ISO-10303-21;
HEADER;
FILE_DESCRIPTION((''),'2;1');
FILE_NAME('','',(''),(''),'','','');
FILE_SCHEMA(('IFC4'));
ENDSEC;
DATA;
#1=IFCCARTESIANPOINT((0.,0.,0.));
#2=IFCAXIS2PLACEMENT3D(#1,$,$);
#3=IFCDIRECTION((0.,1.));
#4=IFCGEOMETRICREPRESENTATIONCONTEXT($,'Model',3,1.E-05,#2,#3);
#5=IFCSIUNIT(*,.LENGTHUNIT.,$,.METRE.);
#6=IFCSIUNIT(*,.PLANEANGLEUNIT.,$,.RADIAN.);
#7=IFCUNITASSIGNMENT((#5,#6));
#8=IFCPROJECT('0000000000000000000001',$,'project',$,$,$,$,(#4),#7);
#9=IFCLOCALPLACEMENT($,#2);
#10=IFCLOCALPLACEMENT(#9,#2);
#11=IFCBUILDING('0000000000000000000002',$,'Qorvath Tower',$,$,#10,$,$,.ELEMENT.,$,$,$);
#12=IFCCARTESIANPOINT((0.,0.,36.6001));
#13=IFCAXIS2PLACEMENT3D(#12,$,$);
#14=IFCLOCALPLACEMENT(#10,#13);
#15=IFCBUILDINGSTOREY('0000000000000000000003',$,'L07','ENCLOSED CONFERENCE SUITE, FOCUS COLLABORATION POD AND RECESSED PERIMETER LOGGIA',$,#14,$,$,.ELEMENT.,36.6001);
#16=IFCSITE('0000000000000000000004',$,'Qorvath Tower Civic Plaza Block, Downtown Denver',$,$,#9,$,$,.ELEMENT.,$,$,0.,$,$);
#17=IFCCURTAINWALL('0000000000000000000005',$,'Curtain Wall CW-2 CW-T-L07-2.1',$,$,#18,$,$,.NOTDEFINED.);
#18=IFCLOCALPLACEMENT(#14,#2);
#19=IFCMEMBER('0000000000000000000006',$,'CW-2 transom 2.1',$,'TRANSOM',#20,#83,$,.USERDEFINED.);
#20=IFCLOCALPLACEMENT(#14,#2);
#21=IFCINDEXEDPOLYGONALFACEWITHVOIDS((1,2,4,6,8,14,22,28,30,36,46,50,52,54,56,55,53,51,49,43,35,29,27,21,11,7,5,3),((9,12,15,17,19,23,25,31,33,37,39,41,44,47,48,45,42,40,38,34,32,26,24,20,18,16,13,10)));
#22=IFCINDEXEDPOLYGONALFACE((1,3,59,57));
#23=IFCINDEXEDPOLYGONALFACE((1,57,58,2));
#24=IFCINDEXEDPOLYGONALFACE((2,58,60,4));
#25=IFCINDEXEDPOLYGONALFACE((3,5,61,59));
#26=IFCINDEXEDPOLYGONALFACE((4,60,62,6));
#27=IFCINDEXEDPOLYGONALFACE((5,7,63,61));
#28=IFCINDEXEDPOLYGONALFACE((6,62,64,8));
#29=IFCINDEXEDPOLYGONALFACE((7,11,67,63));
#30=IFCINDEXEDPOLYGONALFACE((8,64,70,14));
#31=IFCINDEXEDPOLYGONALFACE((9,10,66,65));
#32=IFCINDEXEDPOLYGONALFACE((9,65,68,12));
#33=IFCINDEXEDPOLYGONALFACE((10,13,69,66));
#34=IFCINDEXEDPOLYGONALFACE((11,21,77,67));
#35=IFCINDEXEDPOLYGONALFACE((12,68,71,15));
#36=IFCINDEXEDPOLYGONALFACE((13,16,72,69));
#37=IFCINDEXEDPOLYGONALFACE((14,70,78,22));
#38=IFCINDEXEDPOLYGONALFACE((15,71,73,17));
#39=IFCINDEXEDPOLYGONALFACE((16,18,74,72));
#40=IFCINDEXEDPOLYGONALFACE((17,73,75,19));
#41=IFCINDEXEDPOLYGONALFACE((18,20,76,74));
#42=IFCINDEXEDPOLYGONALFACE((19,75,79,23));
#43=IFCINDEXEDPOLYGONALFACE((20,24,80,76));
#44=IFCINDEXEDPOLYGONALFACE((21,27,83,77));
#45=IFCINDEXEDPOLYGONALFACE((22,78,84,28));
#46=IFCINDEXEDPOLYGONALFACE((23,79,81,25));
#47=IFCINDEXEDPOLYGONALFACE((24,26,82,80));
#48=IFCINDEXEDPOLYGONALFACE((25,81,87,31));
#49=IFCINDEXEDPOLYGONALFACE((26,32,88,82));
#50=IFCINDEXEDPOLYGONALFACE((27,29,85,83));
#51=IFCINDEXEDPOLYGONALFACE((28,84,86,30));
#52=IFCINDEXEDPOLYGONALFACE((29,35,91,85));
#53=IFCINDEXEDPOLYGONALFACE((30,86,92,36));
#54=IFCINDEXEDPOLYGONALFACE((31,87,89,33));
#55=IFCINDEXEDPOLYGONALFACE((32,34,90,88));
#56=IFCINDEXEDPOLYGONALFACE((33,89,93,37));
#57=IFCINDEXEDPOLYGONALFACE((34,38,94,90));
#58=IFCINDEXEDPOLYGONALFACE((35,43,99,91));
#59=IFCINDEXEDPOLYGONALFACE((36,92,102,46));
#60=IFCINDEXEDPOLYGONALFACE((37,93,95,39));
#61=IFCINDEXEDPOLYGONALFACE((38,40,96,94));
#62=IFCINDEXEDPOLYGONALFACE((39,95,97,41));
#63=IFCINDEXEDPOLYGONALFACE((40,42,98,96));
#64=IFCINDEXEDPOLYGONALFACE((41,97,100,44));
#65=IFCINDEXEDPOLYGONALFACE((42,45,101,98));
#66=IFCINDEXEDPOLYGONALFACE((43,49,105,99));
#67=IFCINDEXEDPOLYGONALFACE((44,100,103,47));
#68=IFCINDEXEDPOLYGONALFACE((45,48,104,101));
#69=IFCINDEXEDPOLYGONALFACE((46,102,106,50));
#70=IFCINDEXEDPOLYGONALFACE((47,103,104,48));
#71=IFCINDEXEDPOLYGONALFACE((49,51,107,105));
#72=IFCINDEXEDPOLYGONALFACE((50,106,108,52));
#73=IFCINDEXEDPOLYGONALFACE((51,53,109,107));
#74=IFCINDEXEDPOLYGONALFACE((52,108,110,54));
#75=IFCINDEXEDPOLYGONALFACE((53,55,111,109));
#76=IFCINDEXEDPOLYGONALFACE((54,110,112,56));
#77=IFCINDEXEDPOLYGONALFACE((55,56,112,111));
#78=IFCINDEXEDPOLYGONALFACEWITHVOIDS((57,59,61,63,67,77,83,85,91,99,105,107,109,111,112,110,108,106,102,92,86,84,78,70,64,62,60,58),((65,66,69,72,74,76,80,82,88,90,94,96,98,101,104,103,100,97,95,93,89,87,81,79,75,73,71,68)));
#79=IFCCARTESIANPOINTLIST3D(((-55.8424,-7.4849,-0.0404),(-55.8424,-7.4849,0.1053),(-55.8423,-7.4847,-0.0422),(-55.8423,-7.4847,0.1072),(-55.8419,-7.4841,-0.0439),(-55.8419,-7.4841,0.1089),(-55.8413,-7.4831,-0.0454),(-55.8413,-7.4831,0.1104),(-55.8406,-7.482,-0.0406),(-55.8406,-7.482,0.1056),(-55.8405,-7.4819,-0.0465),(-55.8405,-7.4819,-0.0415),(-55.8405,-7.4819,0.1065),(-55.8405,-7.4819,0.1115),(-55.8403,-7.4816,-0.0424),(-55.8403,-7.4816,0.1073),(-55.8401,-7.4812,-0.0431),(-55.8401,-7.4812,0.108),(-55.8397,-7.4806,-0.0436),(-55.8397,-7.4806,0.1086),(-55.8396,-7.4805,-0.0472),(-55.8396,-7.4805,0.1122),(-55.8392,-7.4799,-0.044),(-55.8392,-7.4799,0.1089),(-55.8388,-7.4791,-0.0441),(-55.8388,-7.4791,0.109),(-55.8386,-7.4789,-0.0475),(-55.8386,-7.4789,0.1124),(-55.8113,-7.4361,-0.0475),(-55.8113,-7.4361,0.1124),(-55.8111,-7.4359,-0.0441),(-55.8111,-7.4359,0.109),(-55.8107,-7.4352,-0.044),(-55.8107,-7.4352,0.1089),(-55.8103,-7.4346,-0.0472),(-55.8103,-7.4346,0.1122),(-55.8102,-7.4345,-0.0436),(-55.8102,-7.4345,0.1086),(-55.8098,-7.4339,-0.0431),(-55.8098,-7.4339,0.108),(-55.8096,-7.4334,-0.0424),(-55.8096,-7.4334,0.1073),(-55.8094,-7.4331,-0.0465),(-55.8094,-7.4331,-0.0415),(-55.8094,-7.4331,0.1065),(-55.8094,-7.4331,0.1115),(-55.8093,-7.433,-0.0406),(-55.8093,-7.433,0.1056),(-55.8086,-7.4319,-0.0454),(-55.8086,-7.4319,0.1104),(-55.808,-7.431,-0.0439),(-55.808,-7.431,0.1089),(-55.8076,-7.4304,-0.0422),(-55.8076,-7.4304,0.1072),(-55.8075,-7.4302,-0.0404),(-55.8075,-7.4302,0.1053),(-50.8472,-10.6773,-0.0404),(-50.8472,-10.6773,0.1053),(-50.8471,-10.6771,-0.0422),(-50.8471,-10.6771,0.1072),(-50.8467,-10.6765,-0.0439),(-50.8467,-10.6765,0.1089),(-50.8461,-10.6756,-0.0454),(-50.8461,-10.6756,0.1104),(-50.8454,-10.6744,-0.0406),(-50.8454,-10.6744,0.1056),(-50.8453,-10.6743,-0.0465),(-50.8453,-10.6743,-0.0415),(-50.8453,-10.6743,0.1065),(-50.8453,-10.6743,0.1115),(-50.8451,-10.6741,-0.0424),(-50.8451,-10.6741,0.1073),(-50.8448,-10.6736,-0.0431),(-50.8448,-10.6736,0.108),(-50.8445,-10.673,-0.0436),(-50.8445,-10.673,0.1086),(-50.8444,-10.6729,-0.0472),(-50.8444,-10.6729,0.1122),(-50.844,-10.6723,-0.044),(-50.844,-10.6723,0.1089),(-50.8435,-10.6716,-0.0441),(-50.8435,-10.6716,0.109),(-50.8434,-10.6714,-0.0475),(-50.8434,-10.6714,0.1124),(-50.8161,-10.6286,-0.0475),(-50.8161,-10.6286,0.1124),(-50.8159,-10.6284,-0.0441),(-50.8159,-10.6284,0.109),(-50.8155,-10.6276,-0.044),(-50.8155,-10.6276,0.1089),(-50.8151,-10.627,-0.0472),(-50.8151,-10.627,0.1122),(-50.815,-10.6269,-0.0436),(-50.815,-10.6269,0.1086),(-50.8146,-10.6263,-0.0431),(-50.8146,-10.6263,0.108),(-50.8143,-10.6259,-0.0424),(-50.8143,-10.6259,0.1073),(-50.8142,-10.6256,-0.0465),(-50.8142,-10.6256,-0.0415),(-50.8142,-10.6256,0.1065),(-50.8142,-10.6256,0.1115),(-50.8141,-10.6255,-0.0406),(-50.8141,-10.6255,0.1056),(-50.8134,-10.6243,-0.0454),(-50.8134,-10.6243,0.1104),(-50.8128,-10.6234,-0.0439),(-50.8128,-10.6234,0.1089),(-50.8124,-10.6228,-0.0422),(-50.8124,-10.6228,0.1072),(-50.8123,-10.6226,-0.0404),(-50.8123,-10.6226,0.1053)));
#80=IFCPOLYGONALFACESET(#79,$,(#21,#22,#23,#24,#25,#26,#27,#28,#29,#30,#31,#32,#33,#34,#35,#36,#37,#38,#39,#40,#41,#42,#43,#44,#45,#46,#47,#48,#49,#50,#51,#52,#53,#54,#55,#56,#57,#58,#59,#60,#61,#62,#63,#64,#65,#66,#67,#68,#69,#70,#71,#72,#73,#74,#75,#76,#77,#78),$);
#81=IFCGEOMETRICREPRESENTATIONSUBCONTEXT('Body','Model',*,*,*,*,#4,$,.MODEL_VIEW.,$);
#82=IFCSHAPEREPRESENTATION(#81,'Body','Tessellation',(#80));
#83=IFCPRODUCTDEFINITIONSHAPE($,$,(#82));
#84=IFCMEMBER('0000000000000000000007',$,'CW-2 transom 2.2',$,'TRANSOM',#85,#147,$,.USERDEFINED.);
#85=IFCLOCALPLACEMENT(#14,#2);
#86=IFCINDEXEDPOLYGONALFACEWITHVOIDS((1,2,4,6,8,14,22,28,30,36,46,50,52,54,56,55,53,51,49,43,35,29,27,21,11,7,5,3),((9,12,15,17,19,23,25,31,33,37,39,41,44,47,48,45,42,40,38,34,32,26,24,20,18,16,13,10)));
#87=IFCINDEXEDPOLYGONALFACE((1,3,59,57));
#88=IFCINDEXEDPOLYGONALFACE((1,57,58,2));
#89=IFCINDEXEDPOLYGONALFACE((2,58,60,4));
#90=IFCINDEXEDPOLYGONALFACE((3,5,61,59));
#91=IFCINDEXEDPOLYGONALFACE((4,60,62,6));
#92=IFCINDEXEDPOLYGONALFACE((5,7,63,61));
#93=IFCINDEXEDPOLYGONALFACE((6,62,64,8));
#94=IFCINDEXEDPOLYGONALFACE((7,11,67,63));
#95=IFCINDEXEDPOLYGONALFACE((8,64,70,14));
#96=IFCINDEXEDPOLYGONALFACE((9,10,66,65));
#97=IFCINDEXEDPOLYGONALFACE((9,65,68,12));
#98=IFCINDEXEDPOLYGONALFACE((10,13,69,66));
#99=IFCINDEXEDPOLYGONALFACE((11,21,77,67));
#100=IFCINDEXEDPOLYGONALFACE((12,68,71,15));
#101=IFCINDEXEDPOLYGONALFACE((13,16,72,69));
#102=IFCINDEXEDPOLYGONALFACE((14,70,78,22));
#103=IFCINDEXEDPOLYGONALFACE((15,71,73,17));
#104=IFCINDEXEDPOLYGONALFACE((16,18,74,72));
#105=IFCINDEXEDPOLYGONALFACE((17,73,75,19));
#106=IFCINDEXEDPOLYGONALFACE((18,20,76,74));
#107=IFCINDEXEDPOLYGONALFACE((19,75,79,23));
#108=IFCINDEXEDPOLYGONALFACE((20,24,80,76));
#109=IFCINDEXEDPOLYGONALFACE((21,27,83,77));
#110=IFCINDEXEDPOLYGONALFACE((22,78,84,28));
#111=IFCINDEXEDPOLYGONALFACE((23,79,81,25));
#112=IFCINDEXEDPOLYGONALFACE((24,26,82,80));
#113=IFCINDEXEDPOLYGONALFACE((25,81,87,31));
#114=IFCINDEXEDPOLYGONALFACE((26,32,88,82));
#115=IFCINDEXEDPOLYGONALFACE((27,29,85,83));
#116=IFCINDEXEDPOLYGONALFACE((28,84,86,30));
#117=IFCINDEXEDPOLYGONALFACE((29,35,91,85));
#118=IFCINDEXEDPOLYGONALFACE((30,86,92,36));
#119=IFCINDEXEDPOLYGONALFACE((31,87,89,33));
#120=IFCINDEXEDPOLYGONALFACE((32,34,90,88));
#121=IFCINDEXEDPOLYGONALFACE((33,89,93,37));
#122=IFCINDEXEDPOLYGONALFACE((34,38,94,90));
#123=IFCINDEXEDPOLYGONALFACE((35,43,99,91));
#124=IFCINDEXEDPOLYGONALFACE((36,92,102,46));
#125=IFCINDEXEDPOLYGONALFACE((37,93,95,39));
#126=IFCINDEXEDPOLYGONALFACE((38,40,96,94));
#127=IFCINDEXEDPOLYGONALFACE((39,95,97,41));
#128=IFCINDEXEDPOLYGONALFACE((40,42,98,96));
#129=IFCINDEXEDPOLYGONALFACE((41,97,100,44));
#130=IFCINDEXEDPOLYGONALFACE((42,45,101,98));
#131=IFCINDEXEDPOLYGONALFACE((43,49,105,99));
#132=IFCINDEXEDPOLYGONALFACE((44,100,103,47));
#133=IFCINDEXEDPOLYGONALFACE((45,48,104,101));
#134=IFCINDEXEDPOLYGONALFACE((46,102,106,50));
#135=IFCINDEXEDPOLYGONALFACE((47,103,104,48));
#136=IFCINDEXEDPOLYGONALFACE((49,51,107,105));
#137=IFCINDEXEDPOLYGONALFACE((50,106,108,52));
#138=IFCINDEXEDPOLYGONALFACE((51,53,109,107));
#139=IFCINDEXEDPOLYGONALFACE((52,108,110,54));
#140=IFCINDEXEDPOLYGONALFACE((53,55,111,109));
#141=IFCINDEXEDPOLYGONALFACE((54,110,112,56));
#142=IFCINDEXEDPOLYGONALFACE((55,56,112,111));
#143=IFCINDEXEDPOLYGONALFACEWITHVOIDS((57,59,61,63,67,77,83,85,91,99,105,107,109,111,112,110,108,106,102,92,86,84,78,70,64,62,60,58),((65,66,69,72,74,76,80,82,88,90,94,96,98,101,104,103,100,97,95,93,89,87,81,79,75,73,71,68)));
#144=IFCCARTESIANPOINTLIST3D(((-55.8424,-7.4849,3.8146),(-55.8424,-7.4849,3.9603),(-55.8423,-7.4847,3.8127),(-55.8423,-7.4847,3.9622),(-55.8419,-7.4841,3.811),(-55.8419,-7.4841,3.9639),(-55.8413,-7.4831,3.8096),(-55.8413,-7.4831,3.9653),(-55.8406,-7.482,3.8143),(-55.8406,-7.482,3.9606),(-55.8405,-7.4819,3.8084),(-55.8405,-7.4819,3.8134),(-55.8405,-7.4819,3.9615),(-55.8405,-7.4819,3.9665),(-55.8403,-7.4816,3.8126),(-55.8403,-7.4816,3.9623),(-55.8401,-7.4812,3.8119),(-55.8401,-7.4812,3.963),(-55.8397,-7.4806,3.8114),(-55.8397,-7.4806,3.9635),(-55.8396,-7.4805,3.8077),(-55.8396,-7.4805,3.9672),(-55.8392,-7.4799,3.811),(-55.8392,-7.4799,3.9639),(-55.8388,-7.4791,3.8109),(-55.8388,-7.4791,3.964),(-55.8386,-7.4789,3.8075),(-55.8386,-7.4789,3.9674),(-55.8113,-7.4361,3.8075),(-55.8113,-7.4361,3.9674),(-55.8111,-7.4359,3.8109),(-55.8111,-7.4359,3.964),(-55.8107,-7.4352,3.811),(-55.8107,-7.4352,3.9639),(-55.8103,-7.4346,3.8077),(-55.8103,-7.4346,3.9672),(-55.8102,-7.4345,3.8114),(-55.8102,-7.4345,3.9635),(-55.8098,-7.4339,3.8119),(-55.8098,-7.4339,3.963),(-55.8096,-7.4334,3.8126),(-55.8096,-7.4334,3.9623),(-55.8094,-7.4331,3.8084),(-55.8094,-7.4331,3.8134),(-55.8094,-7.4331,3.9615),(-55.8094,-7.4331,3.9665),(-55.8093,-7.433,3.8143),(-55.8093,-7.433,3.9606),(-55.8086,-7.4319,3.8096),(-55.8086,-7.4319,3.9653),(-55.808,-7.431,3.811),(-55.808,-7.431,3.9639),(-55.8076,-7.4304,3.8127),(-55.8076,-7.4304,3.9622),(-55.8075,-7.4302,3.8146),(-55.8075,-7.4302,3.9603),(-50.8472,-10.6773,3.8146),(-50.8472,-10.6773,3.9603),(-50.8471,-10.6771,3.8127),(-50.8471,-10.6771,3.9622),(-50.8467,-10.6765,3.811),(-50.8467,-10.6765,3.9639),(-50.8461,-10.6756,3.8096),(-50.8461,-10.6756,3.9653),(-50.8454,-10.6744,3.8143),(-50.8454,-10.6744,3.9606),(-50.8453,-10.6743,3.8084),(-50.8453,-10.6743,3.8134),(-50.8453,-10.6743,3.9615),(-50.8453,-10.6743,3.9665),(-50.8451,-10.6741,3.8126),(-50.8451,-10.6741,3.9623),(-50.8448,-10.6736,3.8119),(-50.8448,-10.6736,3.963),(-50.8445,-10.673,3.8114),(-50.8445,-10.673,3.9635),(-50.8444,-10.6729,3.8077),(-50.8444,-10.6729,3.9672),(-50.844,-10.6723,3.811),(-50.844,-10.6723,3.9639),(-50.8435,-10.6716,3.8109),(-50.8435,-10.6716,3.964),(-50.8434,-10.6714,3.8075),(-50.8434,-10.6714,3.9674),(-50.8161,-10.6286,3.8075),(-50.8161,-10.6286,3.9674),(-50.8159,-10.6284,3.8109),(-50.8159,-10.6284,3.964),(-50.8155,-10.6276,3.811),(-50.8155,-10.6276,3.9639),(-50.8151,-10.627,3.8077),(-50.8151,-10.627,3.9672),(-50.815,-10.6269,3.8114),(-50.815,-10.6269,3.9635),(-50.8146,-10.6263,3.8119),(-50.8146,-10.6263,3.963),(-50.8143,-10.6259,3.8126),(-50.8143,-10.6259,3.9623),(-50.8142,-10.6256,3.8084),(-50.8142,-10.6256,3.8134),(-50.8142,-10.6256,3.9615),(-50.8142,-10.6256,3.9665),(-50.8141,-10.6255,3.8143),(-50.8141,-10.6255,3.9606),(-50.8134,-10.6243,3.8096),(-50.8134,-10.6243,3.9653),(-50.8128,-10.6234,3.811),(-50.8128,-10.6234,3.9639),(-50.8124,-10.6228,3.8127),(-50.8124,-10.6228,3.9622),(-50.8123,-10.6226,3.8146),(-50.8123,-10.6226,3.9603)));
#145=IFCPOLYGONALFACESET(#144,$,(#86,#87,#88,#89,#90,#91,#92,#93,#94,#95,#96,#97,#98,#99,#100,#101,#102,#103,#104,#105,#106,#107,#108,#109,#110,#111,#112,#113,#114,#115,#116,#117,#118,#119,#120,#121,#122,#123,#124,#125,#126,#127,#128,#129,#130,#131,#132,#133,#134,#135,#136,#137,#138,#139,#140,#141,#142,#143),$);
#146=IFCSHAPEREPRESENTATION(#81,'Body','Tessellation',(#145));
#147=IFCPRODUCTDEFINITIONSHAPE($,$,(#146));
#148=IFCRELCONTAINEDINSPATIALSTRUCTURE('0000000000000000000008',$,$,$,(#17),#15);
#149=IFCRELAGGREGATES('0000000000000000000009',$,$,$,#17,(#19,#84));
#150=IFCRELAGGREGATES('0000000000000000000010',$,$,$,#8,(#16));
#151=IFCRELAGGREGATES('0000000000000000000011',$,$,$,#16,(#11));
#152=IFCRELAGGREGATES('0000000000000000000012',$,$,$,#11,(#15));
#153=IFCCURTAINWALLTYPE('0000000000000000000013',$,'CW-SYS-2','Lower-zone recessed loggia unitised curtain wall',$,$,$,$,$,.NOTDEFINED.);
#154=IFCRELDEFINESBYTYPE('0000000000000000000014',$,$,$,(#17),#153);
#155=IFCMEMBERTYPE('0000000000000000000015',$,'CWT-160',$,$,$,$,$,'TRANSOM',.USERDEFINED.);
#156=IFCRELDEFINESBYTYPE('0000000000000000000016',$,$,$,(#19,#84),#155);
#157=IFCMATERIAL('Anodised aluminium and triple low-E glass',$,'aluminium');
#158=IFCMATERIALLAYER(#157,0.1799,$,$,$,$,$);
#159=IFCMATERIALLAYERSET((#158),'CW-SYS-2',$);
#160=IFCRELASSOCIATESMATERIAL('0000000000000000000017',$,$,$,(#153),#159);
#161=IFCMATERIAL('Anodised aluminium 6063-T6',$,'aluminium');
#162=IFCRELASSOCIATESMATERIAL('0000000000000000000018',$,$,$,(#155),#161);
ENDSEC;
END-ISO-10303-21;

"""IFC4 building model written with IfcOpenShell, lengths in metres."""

from ifc_helpers import new_model, si_unit, direction, frame, origin, origin_2d, place, context, subcontext, project, spatial, hollow_rectangle, extrude, material, layer, layer_set, material_profile, profile_set, type_object, element, aggregate, save


model = new_model("IFC4")

# Units and contexts
model_context = context("Model", 3, precision=1e-05, world=origin(), true_north=direction((0.0, 1.0)))
body_context = subcontext(model_context, "Body", "Model", "MODEL_VIEW")
ifc_project = project(units=[si_unit("LENGTHUNIT", "METRE"), si_unit("PLANEANGLEUNIT", "RADIAN")], contexts=[model_context])

# Site, building, storey
site_placement = place(None, origin())
site = spatial("IfcSite", under=ifc_project, at=site_placement, Name="Qorvath Tower Civic Plaza Block, Downtown Denver", CompositionType="ELEMENT", RefElevation=0.0)
building_placement = place(site_placement, origin())
building = spatial("IfcBuilding", under=site, at=building_placement, Name="Qorvath Tower", CompositionType="ELEMENT")
storey_placement = place(building_placement, frame((0.0, 0.0, 36.6001)))
storey = spatial("IfcBuildingStorey", under=building, at=storey_placement, Name="L07", Description="ENCLOSED CONFERENCE SUITE, FOCUS COLLABORATION POD AND RECESSED PERIMETER LOGGIA", CompositionType="ELEMENT", Elevation=36.6001)

# Curtain wall, members
ifc_material_1 = material(Name="Anodised aluminium and triple low-E glass", Category="aluminium")
ifc_layer_1 = layer(ifc_material_1, 0.1799)
ifc_layer_set_1 = layer_set([ifc_layer_1], Name="CW-SYS-2")
curtain_wall_type = type_object("IfcCurtainWallType", Name="CW-SYS-2", Description="Lower-zone recessed loggia unitised curtain wall", PredefinedType="NOTDEFINED", material=ifc_layer_set_1)
curtain_wall_placement = place(storey_placement, origin())
curtain_wall = element("IfcCurtainWall", 1, at=curtain_wall_placement, inside=storey, type_object=curtain_wall_type, Name="Curtain Wall CW-2 CW-T-L07-2.1", PredefinedType="NOTDEFINED")
ifc_material_2 = material(Name="Anodised aluminium 6063-T6", Category="aluminium")
ifc_material_profile_1 = material_profile(ifc_material_2, hollow_rectangle(XDim=0.0649, YDim=0.1599, WallThickness=0.0034, InnerFilletRadius=0.0034, OuterFilletRadius=0.0071, at=origin_2d()), Name="CWT 160x65")
ifc_profile_set_1 = profile_set([ifc_material_profile_1], Name="Anodised aluminium 6063-T6")
member_type_1 = type_object("IfcMemberType", Name="CWT-160", ElementType="TRANSOM", PredefinedType="USERDEFINED", material=ifc_profile_set_1)
member_1_placement = place(storey_placement, frame((-55.825, -7.4575, 0.0325), z_axis=(0.842615, -0.538516, 0.0), x_axis=(0.538516, 0.842615, 0.0)))
member_1 = element("IfcMember", 2, at=member_1_placement, type_object=member_type_1, Name="CW-2 transom 2.1", ObjectType="TRANSOM", PredefinedType="USERDEFINED", context=body_context, shape_type="SweptSolid", body=[
    extrude(hollow_rectangle(XDim=0.0649, YDim=0.1599, WallThickness=0.0034, InnerFilletRadius=0.0034, OuterFilletRadius=0.0071, at=origin_2d()), origin(), (0.0, 0.0, 1.0), 5.9282),
])
member_2_placement = place(storey_placement, frame((-55.825, -7.4575, 3.8875), z_axis=(0.842615, -0.538516, 0.0), x_axis=(0.538516, 0.842615, 0.0)))
member_2 = element("IfcMember", 3, at=member_2_placement, type_object=member_type_1, Name="CW-2 transom 2.2", ObjectType="TRANSOM", PredefinedType="USERDEFINED", context=body_context, shape_type="SweptSolid", body=[
    extrude(hollow_rectangle(XDim=0.0649, YDim=0.1599, WallThickness=0.0034, InnerFilletRadius=0.0034, OuterFilletRadius=0.0071, at=origin_2d()), origin(), (0.0, 0.0, 1.0), 5.9282),
])

aggregate(curtain_wall, [member_1, member_2])

save(model, "model.ifc")
